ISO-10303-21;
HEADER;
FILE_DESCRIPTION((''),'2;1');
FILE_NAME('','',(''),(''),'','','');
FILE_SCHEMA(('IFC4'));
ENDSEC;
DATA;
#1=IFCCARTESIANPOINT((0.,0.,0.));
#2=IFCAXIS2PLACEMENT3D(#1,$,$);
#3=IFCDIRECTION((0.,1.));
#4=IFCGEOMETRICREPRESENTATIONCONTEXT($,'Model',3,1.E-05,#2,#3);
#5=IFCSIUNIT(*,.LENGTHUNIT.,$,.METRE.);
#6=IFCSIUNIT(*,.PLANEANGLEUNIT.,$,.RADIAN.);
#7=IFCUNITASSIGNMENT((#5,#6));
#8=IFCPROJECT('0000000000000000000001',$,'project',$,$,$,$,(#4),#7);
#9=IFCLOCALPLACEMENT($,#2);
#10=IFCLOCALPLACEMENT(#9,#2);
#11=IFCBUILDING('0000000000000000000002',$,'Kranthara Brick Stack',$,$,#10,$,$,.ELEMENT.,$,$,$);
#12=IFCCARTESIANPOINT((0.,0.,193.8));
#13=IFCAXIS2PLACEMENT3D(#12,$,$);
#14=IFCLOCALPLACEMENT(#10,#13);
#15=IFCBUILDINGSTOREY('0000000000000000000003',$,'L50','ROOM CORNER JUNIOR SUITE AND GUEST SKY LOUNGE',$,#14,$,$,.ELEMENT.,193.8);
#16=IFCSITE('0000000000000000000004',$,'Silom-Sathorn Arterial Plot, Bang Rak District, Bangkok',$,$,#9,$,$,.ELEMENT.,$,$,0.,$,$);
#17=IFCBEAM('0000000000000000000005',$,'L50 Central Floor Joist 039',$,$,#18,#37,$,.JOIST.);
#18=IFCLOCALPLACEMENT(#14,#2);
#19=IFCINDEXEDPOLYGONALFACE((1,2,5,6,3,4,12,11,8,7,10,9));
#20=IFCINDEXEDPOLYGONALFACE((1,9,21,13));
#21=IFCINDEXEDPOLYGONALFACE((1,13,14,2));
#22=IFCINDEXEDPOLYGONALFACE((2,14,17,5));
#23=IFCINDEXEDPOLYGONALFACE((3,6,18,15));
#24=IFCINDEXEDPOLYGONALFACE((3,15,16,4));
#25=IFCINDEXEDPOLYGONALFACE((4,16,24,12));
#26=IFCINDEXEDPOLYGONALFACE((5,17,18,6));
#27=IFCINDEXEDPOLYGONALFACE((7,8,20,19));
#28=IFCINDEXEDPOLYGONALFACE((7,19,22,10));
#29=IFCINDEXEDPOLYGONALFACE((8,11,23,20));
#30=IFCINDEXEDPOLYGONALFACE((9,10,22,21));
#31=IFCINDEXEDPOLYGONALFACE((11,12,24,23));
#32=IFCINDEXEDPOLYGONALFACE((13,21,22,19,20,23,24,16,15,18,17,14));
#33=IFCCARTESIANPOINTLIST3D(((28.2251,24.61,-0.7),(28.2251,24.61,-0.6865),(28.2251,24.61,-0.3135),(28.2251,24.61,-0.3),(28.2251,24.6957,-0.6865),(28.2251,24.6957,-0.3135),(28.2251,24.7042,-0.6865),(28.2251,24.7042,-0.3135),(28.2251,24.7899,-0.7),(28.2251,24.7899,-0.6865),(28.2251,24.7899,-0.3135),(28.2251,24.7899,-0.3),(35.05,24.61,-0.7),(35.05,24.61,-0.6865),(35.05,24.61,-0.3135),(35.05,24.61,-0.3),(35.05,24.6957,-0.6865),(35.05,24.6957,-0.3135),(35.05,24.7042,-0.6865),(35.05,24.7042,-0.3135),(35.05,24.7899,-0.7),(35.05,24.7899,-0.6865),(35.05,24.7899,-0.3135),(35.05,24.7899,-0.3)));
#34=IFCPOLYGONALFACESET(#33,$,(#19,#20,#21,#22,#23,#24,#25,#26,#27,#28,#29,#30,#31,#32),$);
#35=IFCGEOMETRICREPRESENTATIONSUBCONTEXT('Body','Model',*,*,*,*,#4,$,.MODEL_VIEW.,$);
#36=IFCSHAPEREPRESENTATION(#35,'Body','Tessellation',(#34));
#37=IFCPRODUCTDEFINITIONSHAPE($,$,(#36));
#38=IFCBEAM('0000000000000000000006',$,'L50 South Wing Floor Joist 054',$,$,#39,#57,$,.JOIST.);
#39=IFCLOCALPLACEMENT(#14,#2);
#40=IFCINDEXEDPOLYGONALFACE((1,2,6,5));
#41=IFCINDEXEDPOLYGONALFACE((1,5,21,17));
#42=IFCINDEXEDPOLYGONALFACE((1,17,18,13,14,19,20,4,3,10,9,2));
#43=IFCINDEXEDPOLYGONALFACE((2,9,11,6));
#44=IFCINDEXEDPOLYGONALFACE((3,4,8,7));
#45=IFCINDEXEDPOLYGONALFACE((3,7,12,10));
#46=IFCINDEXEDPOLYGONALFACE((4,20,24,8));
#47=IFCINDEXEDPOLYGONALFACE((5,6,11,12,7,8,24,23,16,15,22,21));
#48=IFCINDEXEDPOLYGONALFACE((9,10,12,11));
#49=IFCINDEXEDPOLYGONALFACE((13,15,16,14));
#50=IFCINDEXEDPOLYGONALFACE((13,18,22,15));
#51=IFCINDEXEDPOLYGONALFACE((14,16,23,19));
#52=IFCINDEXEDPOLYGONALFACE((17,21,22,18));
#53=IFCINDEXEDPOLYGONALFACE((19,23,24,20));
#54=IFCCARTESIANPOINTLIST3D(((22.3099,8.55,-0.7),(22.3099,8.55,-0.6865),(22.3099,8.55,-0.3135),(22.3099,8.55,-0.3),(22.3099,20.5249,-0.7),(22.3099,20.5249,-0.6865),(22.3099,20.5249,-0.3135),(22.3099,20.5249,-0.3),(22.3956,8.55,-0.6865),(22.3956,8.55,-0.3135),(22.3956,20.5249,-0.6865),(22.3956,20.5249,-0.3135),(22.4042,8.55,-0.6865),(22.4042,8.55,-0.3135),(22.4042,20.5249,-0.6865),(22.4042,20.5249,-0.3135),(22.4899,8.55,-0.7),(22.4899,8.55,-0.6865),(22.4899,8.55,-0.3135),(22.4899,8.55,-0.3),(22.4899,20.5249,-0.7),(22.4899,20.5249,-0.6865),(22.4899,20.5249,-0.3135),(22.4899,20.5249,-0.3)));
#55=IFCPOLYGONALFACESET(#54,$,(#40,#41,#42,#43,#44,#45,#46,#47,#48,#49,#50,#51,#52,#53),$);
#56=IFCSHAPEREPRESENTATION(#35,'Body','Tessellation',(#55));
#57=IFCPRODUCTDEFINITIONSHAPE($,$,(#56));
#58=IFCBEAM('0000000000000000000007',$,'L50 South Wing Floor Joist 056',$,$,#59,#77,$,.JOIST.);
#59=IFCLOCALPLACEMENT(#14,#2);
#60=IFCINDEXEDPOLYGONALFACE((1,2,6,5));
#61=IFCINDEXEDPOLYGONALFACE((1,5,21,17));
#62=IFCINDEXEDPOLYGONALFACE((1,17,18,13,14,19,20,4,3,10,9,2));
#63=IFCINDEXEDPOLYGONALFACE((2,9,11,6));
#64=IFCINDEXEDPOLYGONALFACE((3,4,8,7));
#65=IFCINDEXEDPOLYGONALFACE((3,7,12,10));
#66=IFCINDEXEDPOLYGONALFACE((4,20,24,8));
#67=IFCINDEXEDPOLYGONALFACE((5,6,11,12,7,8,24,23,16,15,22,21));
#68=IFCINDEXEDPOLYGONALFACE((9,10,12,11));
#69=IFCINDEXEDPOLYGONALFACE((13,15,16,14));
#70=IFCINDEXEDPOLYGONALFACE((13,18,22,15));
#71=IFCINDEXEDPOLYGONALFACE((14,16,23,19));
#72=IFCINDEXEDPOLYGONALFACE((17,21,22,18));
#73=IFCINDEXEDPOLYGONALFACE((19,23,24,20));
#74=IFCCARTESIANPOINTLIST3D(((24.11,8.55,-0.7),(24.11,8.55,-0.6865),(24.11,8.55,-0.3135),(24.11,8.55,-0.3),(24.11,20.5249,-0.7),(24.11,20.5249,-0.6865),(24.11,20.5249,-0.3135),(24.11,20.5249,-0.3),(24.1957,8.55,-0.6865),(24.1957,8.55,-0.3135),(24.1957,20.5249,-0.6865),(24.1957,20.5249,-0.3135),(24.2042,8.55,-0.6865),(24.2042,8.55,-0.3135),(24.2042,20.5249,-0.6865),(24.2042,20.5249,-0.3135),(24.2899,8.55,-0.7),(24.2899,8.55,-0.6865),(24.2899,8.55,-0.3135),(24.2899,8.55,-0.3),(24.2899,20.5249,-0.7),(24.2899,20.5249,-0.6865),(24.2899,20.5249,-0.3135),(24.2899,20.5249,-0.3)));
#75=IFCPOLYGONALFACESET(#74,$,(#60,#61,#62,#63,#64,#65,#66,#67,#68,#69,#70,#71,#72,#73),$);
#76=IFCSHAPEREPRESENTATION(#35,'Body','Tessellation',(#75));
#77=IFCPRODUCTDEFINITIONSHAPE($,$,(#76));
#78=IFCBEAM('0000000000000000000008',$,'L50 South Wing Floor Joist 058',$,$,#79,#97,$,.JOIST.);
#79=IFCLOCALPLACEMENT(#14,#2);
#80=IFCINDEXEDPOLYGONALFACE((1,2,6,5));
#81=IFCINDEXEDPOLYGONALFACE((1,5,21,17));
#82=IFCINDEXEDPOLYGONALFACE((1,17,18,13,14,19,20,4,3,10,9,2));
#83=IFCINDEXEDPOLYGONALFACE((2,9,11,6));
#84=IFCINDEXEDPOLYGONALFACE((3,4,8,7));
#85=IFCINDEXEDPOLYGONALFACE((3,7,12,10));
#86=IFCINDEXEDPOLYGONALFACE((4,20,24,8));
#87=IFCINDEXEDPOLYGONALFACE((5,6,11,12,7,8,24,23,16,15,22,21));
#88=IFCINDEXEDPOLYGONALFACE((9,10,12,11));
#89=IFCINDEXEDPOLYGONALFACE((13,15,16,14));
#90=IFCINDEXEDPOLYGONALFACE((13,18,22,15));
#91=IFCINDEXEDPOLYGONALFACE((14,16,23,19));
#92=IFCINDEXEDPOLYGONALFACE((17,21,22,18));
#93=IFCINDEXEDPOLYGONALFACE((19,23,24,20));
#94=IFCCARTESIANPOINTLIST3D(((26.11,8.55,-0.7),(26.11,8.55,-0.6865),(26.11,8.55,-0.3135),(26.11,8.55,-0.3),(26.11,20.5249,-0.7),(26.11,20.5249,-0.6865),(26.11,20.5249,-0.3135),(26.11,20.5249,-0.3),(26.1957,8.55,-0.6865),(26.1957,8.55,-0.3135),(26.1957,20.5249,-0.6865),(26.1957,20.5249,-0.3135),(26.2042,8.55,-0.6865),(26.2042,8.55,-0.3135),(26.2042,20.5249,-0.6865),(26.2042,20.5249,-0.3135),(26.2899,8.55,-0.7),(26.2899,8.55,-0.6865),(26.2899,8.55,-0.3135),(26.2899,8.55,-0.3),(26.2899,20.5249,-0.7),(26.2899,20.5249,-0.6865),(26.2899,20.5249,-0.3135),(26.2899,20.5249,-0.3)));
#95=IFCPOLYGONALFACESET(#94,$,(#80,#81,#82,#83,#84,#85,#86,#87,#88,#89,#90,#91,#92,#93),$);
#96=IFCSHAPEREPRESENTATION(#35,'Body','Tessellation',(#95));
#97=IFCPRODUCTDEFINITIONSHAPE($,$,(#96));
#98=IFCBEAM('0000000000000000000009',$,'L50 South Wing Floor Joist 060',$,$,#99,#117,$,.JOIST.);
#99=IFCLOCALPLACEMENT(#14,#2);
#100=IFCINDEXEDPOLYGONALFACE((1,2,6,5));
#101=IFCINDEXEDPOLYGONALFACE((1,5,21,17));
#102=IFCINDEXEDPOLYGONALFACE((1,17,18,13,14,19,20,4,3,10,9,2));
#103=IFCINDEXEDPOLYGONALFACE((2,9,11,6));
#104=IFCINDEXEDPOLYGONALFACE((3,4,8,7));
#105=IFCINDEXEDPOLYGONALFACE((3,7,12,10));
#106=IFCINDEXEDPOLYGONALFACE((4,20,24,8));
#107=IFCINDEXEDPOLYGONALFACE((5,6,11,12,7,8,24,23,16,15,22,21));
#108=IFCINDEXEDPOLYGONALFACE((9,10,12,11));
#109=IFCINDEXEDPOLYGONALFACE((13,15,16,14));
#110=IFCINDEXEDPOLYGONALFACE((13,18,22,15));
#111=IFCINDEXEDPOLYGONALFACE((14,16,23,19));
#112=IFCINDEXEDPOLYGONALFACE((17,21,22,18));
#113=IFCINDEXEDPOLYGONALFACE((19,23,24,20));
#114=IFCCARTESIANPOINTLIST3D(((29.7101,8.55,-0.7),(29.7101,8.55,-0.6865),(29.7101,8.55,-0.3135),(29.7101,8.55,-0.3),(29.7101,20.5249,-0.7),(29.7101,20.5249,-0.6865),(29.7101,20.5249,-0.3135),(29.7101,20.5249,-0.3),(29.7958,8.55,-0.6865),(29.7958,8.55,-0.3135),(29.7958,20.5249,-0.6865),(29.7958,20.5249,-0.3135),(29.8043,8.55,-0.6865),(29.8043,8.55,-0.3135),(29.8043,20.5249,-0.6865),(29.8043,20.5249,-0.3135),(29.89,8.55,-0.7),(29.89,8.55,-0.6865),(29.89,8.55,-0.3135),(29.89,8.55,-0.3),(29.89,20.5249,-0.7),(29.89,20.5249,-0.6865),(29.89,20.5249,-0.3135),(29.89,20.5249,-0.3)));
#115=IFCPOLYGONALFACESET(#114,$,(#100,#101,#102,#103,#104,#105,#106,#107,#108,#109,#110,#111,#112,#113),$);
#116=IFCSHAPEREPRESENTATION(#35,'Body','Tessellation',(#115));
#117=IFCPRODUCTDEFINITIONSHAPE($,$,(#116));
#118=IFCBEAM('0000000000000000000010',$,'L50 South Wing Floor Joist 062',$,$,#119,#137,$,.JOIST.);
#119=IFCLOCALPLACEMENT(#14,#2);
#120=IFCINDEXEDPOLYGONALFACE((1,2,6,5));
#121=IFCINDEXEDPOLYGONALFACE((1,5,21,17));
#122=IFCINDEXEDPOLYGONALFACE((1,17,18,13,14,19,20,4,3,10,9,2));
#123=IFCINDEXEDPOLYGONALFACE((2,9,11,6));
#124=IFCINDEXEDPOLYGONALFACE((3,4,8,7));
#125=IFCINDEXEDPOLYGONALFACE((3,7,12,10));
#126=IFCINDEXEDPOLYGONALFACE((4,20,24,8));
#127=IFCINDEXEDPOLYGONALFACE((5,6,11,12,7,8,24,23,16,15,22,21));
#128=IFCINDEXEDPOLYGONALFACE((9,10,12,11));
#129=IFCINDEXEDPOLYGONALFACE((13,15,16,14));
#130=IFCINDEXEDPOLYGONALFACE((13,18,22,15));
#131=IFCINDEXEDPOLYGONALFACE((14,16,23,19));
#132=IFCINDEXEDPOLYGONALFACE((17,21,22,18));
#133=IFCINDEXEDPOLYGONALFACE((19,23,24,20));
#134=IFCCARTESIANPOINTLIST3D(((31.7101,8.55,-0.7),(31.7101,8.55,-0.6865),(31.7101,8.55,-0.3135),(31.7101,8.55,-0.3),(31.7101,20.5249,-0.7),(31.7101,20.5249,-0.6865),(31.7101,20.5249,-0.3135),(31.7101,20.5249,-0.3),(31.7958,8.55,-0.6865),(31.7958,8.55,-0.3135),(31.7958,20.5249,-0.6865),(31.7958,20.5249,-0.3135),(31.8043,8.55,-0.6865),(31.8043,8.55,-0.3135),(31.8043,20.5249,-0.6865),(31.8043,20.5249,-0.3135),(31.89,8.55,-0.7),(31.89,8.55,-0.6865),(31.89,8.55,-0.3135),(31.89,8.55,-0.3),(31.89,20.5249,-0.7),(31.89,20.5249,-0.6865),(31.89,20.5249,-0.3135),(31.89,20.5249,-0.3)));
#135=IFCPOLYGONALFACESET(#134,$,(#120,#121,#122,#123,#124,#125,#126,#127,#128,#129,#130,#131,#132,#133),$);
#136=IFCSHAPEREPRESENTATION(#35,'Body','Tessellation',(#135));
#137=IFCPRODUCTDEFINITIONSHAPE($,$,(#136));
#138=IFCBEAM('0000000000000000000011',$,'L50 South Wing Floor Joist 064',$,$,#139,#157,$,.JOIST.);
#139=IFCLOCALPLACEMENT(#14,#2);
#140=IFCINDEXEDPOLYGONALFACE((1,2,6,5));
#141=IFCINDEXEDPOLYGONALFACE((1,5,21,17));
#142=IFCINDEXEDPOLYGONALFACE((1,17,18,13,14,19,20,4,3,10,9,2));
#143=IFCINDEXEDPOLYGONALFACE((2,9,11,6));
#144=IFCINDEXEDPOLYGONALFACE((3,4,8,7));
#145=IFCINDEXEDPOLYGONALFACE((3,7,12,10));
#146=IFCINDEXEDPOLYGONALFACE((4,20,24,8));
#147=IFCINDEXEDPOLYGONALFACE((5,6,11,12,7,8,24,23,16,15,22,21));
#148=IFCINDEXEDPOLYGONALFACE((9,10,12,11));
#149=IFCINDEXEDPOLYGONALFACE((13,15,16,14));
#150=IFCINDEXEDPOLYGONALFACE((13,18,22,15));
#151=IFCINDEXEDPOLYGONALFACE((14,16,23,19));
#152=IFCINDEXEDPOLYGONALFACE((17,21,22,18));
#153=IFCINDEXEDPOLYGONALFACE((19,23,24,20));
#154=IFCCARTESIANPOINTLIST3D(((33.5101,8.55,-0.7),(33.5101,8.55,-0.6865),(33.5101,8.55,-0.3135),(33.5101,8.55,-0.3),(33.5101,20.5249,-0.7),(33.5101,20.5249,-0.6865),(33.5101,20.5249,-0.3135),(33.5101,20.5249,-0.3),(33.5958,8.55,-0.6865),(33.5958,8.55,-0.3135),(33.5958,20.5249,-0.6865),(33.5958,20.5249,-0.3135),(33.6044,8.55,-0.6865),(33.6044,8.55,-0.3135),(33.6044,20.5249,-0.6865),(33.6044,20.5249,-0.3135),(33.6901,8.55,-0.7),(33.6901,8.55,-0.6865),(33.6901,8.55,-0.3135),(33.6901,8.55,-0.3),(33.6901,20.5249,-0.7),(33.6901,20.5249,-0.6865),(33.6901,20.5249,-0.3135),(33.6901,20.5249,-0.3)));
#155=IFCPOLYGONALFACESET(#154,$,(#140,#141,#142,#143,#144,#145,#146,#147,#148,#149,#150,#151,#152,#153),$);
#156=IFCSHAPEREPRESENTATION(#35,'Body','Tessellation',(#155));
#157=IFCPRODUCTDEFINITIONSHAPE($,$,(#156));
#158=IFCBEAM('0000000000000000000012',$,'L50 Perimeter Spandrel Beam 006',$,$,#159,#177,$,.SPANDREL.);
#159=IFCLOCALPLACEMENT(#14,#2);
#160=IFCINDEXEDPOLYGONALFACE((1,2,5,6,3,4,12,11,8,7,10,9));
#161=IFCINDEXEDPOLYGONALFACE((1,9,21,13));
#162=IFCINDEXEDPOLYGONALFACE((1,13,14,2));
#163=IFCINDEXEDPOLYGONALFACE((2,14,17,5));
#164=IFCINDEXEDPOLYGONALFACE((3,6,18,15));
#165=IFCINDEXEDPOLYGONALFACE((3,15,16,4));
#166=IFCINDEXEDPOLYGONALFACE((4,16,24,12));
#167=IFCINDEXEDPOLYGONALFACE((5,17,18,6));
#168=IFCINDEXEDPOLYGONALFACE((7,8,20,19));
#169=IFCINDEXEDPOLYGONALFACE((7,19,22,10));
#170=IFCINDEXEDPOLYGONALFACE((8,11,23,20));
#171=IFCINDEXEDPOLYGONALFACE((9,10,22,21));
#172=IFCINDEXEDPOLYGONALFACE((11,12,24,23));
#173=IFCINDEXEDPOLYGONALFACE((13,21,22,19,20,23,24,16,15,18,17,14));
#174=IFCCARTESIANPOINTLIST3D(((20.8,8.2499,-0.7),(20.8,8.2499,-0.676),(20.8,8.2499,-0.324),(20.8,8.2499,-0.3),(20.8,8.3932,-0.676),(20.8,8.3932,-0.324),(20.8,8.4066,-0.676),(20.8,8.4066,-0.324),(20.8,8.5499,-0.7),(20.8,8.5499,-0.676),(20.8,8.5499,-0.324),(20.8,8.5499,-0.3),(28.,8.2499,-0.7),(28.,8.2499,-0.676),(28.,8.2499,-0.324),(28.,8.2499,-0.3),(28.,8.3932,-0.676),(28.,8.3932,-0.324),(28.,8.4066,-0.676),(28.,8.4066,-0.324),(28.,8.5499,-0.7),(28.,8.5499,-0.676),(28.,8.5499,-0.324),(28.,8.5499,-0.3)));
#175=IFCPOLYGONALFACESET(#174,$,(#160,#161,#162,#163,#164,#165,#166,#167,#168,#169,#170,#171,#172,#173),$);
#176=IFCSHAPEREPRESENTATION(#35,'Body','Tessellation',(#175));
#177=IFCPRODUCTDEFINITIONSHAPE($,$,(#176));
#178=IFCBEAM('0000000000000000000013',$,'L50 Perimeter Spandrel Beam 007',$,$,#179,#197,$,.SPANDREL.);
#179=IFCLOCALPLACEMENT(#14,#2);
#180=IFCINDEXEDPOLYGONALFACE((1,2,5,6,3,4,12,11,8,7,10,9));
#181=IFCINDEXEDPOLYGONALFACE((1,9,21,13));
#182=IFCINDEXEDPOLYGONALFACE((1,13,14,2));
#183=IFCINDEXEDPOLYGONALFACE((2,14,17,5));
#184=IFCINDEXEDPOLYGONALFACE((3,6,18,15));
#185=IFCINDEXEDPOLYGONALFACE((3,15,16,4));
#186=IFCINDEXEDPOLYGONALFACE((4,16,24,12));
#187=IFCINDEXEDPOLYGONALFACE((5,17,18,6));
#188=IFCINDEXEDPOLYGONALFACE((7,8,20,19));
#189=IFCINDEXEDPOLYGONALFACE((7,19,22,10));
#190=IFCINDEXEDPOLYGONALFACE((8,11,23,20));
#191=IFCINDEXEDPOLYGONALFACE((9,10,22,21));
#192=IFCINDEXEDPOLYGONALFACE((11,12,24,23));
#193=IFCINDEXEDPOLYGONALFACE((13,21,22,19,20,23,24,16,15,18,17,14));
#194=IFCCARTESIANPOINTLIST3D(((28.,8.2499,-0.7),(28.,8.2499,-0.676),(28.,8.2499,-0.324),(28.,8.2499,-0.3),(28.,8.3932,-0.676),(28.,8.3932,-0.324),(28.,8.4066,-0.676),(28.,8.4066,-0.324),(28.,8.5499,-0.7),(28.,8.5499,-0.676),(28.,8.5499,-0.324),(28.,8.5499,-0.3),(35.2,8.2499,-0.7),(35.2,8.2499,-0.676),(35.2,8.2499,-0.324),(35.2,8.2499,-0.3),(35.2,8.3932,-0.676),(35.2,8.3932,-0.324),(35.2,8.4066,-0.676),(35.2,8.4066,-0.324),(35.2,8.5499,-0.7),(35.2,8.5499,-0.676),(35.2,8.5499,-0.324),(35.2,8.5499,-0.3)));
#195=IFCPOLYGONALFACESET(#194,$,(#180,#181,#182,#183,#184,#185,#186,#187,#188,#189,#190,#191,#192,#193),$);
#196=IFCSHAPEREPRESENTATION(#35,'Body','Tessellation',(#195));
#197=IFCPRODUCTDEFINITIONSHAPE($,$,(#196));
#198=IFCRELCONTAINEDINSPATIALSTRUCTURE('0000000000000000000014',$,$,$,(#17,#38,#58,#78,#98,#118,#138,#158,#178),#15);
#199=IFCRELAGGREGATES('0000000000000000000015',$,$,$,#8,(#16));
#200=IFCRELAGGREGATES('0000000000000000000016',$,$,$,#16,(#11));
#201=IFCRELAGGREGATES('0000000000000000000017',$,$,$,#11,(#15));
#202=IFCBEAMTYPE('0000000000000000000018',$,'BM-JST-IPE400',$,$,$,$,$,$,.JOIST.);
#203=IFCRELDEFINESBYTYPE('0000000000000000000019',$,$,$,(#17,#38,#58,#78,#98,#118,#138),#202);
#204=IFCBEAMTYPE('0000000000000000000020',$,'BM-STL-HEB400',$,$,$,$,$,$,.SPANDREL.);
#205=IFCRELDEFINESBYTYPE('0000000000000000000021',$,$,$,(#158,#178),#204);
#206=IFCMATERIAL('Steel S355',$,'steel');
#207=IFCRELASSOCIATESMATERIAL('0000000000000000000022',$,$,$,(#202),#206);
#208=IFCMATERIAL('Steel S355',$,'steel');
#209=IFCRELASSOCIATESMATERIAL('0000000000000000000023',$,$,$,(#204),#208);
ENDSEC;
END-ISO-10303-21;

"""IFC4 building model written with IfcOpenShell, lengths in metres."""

from ifc_helpers import new_model, si_unit, direction, frame, origin, origin_2d, place, context, subcontext, project, spatial, i_section, extrude, material, material_profile, profile_set, type_object, element, save


model = new_model("IFC4")

# Units and contexts
model_context = context("Model", 3, precision=1e-05, world=origin(), true_north=direction((0.0, 1.0)))
body_context = subcontext(model_context, "Body", "Model", "MODEL_VIEW")
ifc_project = project(units=[si_unit("LENGTHUNIT", "METRE"), si_unit("PLANEANGLEUNIT", "RADIAN")], contexts=[model_context])

# Site, building, storey
site_placement = place(None, origin())
site = spatial("IfcSite", under=ifc_project, at=site_placement, Name="Silom-Sathorn Arterial Plot, Bang Rak District, Bangkok", CompositionType="ELEMENT", RefElevation=0.0)
building_placement = place(site_placement, origin())
building = spatial("IfcBuilding", under=site, at=building_placement, Name="Kranthara Brick Stack", CompositionType="ELEMENT")
storey_placement = place(building_placement, frame((0.0, 0.0, 193.8)))
storey = spatial("IfcBuildingStorey", under=building, at=storey_placement, Name="L50", Description="ROOM CORNER JUNIOR SUITE AND GUEST SKY LOUNGE", CompositionType="ELEMENT", Elevation=193.8)

# Beams
ifc_material_1 = material(Name="Steel S355", Category="steel")
ifc_material_profile_1 = material_profile(ifc_material_1, i_section(OverallWidth=0.1799, OverallDepth=0.3999, WebThickness=0.0085, FlangeThickness=0.0134, at=origin_2d()), Name="IPE 400")
ifc_profile_set_1 = profile_set([ifc_material_profile_1], Name="Steel S355")
beam_type_1 = type_object("IfcBeamType", Name="BM-JST-IPE400", PredefinedType="JOIST", material=ifc_profile_set_1)
for number, where, z_axis, x_axis, name in (
    (1, (28.2251, 24.7, -0.5), (1.0, 0.0, 0.0), (0.0, 1.0, 0.0), "L50 Central Floor Joist 039"),
):
    element("IfcBeam", number, at=place(storey_placement, frame(where, z_axis=z_axis, x_axis=x_axis)), inside=storey, type_object=beam_type_1, Name=name, PredefinedType="JOIST", context=body_context, shape_type="SweptSolid", body=[
        extrude(i_section(OverallWidth=0.1799, OverallDepth=0.3999, WebThickness=0.0085, FlangeThickness=0.0134, at=origin_2d()), origin(), (0.0, 0.0, 1.0), 6.825),
    ])
for number, where, z_axis, x_axis, name in (
    (2, (22.3999, 8.55, -0.5), (0.0, 1.0, 0.0), (-1.0, 0.0, 0.0), "L50 South Wing Floor Joist 054"),
    (3, (24.2, 8.55, -0.5), (0.0, 1.0, 0.0), (-1.0, 0.0, 0.0), "L50 South Wing Floor Joist 056"),
    (4, (26.2, 8.55, -0.5), (0.0, 1.0, 0.0), (-1.0, 0.0, 0.0), "L50 South Wing Floor Joist 058"),
    (5, (29.8, 8.55, -0.5), (0.0, 1.0, 0.0), (-1.0, 0.0, 0.0), "L50 South Wing Floor Joist 060"),
    (6, (31.8, 8.55, -0.5), (0.0, 1.0, 0.0), (-1.0, 0.0, 0.0), "L50 South Wing Floor Joist 062"),
    (7, (33.6001, 8.55, -0.5), (0.0, 1.0, 0.0), (-1.0, 0.0, 0.0), "L50 South Wing Floor Joist 064"),
):
    element("IfcBeam", number, at=place(storey_placement, frame(where, z_axis=z_axis, x_axis=x_axis)), inside=storey, type_object=beam_type_1, Name=name, PredefinedType="JOIST", context=body_context, shape_type="SweptSolid", body=[
        extrude(i_section(OverallWidth=0.1799, OverallDepth=0.3999, WebThickness=0.0085, FlangeThickness=0.0134, at=origin_2d()), origin(), (0.0, 0.0, 1.0), 11.9749),
    ])
ifc_material_2 = material(Name="Steel S355", Category="steel")
ifc_material_profile_2 = material_profile(ifc_material_2, i_section(OverallWidth=0.3, OverallDepth=0.3999, WebThickness=0.0134, FlangeThickness=0.0239, at=origin_2d()), Name="HEB 400")
ifc_profile_set_2 = profile_set([ifc_material_profile_2], Name="Steel S355")
beam_type_2 = type_object("IfcBeamType", Name="BM-STL-HEB400", PredefinedType="SPANDREL", material=ifc_profile_set_2)
for number, where, z_axis, x_axis, name in (
    (8, (20.8, 8.3999, -0.5), (1.0, 0.0, 0.0), (0.0, 1.0, 0.0), "L50 Perimeter Spandrel Beam 006"),
    (9, (28.0, 8.3999, -0.5), (1.0, 0.0, 0.0), (0.0, 1.0, 0.0), "L50 Perimeter Spandrel Beam 007"),
):
    element("IfcBeam", number, at=place(storey_placement, frame(where, z_axis=z_axis, x_axis=x_axis)), inside=storey, type_object=beam_type_2, Name=name, PredefinedType="SPANDREL", context=body_context, shape_type="SweptSolid", body=[
        extrude(i_section(OverallWidth=0.3, OverallDepth=0.3999, WebThickness=0.0134, FlangeThickness=0.0239, at=origin_2d()), origin(), (0.0, 0.0, 1.0), 7.2),
    ])

save(model, "model.ifc")
